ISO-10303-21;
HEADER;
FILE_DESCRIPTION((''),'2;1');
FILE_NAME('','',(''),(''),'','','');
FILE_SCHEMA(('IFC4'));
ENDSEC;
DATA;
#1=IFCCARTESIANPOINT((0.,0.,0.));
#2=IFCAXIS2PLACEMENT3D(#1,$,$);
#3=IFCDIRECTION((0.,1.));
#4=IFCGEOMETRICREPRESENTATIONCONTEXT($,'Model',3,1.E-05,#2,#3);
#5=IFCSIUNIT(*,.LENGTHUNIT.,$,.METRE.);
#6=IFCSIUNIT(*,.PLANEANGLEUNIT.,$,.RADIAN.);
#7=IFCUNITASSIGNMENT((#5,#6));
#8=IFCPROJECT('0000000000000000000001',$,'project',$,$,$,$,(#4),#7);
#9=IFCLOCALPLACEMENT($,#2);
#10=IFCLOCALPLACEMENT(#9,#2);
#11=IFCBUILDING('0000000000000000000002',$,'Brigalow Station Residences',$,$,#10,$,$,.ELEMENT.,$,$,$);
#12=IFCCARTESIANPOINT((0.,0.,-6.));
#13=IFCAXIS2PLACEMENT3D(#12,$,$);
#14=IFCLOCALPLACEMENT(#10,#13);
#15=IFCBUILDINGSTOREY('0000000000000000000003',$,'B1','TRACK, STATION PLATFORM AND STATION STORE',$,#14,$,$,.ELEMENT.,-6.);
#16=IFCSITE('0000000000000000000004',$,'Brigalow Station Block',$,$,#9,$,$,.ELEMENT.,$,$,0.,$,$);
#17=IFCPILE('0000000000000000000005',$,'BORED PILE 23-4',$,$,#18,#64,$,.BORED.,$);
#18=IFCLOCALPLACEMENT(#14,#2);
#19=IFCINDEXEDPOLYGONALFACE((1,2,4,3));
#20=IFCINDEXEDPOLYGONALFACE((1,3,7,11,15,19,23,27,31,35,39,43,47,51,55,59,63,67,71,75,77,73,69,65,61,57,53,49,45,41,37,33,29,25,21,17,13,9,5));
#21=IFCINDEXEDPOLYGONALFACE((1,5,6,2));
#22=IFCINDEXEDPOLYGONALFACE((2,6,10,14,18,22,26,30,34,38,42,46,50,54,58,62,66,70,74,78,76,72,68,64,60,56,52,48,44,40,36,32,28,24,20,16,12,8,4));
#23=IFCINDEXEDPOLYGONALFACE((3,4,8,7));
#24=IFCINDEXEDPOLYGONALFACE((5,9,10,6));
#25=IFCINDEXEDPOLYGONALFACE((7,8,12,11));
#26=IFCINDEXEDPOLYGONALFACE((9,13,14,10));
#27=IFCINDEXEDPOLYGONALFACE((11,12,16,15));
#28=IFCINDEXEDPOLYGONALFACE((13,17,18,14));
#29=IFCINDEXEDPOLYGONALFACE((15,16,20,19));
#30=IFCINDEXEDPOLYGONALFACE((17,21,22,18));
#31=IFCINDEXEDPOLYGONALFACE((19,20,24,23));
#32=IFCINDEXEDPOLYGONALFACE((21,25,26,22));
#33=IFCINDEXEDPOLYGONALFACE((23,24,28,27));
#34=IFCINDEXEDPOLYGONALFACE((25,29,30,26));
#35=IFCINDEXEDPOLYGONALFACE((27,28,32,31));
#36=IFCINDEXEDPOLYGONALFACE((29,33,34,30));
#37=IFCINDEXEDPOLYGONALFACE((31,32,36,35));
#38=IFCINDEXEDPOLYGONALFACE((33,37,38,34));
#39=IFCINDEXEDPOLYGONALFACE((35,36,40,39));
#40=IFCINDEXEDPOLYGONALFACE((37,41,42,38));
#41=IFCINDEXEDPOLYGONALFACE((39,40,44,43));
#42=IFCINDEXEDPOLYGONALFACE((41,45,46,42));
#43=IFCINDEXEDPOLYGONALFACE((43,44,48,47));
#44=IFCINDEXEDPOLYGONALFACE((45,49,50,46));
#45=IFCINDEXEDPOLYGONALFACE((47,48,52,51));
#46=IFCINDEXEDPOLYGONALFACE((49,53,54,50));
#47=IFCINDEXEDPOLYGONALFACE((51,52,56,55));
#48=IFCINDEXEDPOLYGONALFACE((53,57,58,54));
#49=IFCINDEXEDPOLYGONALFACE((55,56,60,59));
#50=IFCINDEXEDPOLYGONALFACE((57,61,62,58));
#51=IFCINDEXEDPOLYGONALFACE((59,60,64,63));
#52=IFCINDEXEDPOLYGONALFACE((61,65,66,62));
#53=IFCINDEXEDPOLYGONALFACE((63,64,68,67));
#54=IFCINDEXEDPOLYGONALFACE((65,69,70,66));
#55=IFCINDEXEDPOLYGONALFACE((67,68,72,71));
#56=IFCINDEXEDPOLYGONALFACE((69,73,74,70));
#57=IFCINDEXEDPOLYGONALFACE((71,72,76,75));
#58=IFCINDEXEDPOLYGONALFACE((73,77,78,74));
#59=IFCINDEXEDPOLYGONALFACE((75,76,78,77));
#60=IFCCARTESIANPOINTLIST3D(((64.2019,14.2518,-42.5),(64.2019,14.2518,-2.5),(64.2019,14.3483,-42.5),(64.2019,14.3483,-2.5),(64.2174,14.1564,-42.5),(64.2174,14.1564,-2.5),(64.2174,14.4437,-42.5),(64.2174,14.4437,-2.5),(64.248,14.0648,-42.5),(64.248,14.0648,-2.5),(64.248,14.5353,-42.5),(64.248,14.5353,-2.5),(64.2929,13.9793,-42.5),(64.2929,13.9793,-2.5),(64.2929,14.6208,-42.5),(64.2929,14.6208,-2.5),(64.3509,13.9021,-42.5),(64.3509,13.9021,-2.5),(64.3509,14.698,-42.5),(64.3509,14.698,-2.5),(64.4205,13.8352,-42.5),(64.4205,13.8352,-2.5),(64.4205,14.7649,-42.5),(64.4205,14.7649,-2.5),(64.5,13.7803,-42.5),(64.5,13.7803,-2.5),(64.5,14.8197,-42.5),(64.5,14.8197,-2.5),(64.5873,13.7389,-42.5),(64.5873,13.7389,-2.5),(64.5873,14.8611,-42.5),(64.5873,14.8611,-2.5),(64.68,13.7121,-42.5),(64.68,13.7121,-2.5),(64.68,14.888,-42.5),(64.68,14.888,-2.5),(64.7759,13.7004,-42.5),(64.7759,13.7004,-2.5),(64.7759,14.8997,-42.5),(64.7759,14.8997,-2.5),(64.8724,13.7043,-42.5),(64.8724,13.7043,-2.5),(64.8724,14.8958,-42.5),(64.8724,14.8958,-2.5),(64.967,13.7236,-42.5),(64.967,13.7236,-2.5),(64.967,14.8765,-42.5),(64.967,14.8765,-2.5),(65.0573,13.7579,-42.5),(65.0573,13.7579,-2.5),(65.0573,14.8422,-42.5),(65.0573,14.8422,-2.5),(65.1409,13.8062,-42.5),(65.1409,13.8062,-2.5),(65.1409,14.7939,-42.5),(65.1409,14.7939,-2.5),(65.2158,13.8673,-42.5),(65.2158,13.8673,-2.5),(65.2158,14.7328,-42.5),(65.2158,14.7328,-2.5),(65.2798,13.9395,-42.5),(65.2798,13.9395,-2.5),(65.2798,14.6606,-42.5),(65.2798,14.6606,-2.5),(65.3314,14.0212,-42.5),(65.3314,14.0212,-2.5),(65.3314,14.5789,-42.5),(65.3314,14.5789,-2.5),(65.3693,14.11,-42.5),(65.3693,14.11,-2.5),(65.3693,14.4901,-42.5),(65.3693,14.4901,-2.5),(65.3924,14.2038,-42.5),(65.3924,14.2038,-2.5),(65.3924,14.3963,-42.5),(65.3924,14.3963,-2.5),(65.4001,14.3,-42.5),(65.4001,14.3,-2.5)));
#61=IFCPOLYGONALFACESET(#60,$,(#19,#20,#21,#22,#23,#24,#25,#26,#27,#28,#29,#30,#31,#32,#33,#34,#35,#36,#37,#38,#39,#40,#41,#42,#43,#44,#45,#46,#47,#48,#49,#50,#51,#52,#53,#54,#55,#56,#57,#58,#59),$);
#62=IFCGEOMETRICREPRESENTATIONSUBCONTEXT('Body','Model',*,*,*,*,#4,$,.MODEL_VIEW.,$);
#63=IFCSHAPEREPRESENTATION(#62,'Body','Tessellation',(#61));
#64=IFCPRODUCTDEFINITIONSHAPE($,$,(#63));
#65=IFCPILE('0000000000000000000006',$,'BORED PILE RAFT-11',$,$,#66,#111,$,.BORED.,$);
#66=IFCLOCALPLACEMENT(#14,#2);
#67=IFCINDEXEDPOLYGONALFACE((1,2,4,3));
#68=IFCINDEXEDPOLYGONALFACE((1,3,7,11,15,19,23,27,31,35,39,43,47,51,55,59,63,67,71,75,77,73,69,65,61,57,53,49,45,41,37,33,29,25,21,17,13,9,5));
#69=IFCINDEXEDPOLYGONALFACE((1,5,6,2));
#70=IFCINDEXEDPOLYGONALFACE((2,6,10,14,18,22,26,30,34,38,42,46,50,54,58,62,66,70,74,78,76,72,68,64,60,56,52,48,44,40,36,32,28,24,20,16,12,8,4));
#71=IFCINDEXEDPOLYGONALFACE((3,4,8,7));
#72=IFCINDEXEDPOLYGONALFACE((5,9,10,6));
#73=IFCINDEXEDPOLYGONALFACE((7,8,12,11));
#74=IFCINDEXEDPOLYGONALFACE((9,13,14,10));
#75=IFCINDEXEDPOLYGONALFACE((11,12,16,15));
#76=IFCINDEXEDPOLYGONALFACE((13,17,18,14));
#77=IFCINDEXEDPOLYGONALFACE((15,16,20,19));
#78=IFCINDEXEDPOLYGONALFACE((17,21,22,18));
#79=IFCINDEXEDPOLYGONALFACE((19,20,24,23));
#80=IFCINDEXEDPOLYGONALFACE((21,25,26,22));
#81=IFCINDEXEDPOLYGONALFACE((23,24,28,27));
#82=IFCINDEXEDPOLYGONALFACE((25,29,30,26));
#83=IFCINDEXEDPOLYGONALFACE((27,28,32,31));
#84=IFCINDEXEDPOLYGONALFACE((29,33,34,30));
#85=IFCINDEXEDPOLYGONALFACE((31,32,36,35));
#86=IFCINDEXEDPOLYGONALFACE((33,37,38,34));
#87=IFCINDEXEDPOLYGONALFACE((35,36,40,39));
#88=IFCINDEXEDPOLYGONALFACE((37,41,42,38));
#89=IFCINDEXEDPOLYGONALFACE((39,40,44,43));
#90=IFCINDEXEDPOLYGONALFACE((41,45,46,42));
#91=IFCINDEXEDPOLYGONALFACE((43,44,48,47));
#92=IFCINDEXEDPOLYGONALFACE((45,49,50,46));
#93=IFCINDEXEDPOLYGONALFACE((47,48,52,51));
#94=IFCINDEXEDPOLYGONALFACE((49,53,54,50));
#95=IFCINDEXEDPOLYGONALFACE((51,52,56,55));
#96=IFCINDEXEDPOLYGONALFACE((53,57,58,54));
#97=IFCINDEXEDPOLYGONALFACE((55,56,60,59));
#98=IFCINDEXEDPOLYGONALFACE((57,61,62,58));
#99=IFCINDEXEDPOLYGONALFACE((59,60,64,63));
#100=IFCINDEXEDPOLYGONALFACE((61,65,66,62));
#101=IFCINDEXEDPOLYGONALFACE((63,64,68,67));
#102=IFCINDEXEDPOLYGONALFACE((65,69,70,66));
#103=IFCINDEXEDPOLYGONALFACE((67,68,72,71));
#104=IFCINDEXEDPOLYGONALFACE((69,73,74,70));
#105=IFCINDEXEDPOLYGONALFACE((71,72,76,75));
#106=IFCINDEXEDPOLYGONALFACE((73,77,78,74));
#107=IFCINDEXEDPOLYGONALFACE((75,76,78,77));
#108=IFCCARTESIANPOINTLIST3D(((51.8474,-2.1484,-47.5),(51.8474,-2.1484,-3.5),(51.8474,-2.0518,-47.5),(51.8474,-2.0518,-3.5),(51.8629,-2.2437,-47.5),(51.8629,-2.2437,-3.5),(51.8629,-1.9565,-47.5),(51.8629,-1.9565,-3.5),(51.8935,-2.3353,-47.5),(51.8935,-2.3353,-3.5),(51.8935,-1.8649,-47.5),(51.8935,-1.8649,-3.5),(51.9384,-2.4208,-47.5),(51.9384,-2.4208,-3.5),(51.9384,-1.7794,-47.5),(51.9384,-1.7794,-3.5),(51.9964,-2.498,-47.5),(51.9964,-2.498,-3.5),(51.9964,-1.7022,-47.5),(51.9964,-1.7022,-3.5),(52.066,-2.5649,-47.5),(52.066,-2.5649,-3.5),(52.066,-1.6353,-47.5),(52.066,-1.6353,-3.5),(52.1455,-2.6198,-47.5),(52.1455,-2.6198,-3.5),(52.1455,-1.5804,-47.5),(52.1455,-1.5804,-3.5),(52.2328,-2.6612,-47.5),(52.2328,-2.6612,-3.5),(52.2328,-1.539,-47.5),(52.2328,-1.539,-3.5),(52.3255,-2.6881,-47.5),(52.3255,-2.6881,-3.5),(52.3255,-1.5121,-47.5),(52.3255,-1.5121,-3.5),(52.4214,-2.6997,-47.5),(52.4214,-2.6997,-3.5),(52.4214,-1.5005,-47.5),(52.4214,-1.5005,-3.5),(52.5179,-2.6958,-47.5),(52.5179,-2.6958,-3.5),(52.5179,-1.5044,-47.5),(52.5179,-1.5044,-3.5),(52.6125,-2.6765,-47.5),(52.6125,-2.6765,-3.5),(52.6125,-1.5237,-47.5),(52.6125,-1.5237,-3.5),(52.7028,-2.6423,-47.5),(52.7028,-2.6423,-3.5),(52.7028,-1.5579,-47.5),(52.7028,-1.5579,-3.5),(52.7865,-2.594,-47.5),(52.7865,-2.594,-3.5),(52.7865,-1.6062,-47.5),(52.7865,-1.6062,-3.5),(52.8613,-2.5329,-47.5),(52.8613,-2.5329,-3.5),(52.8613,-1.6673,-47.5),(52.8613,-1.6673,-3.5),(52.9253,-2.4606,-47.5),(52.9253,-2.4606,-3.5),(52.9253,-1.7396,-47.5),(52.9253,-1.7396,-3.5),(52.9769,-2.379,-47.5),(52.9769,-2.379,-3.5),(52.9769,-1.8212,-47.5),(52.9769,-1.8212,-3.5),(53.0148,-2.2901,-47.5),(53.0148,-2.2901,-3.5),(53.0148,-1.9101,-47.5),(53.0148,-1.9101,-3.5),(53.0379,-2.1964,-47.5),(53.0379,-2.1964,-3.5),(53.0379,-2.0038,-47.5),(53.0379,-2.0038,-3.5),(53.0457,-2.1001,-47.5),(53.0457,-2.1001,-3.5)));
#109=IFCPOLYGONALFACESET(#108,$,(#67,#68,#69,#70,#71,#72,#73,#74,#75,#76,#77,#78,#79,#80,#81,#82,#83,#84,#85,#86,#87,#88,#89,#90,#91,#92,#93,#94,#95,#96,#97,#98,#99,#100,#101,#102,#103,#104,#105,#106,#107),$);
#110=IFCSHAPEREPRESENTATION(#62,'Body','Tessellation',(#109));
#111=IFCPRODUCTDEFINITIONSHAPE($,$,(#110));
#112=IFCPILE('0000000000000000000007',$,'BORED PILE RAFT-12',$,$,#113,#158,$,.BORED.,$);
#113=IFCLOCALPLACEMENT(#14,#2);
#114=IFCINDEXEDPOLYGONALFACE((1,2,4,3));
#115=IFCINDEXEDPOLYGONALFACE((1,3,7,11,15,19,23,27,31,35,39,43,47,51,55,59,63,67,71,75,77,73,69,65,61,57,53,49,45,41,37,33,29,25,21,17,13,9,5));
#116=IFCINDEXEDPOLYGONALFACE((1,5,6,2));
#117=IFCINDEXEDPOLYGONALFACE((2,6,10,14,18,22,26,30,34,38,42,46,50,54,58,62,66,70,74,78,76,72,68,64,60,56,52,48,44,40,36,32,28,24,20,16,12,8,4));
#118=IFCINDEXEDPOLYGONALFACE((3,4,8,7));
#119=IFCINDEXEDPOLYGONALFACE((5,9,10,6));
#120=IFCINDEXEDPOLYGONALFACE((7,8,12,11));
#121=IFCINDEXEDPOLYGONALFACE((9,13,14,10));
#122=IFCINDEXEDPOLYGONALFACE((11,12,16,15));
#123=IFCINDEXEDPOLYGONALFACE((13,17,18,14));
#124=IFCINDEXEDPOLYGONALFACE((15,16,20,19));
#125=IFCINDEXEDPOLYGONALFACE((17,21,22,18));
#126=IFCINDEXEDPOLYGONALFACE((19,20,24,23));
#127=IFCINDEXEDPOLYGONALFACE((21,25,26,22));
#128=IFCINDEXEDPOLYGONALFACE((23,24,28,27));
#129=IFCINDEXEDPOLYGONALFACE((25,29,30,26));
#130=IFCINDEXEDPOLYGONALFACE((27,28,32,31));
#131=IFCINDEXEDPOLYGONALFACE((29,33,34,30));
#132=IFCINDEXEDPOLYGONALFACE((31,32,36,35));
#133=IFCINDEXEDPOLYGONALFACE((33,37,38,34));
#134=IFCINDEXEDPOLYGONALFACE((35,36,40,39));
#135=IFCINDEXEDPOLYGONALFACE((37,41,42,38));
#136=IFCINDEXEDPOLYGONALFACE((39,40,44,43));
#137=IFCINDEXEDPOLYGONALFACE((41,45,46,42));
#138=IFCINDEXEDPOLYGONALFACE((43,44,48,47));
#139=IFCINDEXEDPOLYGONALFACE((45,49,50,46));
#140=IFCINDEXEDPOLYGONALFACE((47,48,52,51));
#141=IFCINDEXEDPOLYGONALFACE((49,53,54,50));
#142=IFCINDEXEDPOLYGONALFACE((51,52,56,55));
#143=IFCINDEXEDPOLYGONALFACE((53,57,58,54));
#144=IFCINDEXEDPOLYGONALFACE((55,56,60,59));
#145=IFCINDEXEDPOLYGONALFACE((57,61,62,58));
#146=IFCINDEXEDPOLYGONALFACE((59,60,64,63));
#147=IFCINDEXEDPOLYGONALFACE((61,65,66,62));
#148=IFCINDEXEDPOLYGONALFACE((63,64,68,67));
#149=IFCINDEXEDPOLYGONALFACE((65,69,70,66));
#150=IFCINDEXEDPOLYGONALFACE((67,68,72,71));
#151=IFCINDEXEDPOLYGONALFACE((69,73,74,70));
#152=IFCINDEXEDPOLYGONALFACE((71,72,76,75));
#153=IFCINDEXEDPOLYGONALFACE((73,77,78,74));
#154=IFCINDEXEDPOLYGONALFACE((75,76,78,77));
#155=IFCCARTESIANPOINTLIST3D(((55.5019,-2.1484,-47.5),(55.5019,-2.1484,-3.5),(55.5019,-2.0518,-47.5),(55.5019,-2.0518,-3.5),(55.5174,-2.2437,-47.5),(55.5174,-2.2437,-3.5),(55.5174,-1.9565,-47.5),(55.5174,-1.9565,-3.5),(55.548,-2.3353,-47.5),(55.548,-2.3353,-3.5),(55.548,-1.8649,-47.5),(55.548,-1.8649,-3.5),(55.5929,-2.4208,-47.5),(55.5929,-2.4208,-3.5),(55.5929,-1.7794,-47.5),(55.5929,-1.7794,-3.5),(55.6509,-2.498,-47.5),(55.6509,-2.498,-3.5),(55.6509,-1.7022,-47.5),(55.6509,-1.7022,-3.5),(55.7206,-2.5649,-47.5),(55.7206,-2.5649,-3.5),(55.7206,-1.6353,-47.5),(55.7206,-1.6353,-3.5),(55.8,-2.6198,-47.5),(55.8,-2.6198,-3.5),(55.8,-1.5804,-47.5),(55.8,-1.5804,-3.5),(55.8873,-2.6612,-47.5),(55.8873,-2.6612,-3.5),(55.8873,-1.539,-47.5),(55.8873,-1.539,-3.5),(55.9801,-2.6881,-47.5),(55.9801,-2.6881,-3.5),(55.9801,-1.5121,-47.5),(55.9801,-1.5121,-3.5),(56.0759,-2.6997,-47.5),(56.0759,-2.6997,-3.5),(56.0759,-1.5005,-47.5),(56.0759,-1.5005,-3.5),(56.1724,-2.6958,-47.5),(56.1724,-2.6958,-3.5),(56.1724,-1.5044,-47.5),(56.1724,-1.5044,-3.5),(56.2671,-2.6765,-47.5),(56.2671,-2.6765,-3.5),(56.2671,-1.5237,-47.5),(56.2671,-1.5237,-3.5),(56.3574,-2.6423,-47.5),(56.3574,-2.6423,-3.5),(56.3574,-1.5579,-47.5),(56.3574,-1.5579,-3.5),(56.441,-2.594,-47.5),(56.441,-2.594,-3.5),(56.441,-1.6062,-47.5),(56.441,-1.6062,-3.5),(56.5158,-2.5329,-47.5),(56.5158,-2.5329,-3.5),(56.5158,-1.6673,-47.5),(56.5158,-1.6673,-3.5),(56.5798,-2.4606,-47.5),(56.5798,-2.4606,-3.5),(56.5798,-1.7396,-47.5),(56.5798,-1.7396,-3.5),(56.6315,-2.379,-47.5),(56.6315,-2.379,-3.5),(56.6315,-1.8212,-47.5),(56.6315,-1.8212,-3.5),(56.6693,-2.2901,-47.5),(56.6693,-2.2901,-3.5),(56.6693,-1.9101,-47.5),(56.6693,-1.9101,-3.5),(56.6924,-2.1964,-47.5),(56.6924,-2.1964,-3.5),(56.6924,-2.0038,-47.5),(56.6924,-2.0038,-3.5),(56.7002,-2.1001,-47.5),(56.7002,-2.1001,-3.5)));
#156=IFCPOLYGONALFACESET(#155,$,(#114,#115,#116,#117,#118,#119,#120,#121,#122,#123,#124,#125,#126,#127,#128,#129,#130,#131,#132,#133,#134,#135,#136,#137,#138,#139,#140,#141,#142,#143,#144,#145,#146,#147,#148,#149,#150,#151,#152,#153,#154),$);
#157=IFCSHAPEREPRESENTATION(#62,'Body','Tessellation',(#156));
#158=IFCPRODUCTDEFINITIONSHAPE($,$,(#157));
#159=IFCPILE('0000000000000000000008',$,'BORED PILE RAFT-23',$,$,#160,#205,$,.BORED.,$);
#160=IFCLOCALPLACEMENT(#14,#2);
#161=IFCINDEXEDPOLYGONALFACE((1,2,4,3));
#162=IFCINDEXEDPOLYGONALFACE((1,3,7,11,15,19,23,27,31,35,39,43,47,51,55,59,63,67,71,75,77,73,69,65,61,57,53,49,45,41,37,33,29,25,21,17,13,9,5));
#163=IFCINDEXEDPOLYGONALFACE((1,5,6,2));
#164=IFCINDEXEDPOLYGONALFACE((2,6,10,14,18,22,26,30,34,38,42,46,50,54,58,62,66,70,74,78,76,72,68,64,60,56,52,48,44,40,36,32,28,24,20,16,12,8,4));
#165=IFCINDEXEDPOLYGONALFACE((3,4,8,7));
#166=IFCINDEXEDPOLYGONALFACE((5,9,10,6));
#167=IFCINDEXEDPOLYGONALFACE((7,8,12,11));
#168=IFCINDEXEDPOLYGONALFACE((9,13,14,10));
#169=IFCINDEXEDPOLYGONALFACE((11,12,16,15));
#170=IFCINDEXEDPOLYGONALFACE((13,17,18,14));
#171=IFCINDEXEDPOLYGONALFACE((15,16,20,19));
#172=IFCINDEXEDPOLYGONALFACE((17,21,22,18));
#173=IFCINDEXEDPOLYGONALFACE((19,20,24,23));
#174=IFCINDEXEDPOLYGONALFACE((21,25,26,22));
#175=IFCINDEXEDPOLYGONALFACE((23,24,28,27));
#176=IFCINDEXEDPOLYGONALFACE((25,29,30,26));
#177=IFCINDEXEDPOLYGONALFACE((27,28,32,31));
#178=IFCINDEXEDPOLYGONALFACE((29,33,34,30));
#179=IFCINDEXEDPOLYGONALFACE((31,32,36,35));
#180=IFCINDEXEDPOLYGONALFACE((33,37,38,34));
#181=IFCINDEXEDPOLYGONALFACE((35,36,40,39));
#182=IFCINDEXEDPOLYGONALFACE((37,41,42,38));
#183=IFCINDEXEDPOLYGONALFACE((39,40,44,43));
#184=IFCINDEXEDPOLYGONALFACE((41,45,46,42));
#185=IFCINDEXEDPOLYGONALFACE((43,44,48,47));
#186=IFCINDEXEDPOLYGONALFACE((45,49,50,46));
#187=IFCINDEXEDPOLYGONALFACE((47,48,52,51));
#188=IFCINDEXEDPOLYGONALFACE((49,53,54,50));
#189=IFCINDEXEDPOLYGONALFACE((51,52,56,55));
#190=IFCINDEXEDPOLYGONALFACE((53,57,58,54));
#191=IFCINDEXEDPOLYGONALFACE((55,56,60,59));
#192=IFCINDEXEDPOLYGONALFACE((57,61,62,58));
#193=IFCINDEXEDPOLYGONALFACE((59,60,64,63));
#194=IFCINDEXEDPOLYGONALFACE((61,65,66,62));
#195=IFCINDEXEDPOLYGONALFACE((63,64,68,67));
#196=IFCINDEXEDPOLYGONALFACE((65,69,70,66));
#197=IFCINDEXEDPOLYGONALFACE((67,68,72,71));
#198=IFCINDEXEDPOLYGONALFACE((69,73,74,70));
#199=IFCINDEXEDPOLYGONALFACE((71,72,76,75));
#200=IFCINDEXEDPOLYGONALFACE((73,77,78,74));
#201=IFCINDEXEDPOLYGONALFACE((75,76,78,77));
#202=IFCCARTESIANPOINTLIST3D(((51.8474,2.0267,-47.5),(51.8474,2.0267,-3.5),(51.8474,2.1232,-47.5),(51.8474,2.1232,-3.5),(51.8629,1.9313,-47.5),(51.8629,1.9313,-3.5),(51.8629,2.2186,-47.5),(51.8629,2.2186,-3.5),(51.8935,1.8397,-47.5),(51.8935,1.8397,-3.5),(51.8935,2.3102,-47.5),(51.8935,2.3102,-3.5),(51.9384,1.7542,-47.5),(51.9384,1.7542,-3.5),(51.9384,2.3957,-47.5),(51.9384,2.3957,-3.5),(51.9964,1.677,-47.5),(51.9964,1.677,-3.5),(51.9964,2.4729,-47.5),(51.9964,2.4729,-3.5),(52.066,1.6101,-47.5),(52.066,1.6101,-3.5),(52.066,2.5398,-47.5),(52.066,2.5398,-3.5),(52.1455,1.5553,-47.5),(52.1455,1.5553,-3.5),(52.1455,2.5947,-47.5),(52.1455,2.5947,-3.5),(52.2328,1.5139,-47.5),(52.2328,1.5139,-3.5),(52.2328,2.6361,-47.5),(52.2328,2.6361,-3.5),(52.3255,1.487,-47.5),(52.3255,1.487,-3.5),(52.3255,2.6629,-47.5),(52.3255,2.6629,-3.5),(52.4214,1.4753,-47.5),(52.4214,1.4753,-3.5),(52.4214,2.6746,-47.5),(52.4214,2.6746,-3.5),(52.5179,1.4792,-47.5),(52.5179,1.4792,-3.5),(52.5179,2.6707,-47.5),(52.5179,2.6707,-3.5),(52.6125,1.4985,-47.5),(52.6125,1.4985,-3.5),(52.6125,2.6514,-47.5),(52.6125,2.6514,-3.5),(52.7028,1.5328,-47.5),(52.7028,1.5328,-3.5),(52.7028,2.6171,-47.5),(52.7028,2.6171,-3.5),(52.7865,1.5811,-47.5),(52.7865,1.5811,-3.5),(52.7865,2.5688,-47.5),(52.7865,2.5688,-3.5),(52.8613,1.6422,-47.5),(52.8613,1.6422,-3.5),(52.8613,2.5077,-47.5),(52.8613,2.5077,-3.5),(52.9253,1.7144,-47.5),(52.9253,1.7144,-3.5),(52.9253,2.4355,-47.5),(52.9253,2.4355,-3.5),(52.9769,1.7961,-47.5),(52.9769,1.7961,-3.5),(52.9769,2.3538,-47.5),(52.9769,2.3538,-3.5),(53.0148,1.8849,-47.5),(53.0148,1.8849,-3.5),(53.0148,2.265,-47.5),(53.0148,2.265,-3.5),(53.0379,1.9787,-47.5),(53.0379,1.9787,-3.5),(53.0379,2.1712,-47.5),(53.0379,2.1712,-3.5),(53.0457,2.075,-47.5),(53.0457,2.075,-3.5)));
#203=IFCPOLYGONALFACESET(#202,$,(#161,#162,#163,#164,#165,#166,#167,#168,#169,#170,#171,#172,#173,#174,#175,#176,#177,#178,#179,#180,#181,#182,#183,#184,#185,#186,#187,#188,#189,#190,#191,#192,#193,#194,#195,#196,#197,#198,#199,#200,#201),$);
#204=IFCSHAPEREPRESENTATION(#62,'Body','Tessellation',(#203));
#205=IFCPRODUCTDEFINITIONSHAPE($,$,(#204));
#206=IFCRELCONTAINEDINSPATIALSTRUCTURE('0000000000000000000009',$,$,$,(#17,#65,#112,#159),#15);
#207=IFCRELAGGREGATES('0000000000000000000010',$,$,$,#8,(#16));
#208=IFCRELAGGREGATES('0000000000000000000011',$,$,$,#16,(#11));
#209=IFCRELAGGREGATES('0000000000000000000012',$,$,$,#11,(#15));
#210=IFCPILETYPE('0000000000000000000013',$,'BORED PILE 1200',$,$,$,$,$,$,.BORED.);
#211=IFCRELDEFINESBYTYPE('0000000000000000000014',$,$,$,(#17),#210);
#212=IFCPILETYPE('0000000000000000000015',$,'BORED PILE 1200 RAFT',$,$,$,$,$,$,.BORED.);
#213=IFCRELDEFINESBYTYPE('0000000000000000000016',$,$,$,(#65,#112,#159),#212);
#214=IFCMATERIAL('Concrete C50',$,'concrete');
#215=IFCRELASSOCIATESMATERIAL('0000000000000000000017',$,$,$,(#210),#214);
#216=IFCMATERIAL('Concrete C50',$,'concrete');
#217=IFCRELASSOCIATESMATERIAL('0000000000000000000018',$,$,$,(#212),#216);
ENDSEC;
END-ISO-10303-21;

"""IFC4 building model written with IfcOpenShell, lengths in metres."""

from ifc_helpers import new_model, si_unit, direction, frame, origin, origin_2d, place, context, subcontext, project, spatial, circle, extrude, material, material_profile, profile_set, type_object, element, save


model = new_model("IFC4")

# Units and contexts
model_context = context("Model", 3, precision=1e-05, world=origin(), true_north=direction((0.0, 1.0)))
body_context = subcontext(model_context, "Body", "Model", "MODEL_VIEW")
ifc_project = project(units=[si_unit("LENGTHUNIT", "METRE"), si_unit("PLANEANGLEUNIT", "RADIAN")], contexts=[model_context])

# Site, building, storey
site_placement = place(None, origin())
site = spatial("IfcSite", under=ifc_project, at=site_placement, Name="Brigalow Station Block", CompositionType="ELEMENT", RefElevation=0.0)
building_placement = place(site_placement, origin())
building = spatial("IfcBuilding", under=site, at=building_placement, Name="Brigalow Station Residences", CompositionType="ELEMENT")
storey_placement = place(building_placement, frame((0.0, 0.0, -6.0)))
storey = spatial("IfcBuildingStorey", under=building, at=storey_placement, Name="B1", Description="TRACK, STATION PLATFORM AND STATION STORE", CompositionType="ELEMENT", Elevation=-6.0)

# Piles
ifc_material_1 = material(Name="Concrete C50", Category="concrete")
ifc_material_profile_1 = material_profile(ifc_material_1, circle(Radius=0.6001, at=origin_2d()), Name="BP1200")
ifc_profile_set_1 = profile_set([ifc_material_profile_1], Name="Concrete C50")
pile_type_1 = type_object("IfcPileType", Name="BORED PILE 1200", PredefinedType="BORED", material=ifc_profile_set_1)
for number, where, z_axis, x_axis, name in (
    (1, (64.8, 14.3, -2.5), (0.0, 0.0, -1.0), (1.0, 0.0, 0.0), "BORED PILE 23-4"),
):
    element("IfcPile", number, at=place(storey_placement, frame(where, z_axis=z_axis, x_axis=x_axis)), inside=storey, type_object=pile_type_1, Name=name, PredefinedType="BORED", context=body_context, shape_type="SweptSolid", body=[
        extrude(circle(Radius=0.6001, at=origin_2d()), origin(), (0.0, 0.0, 1.0), 40.0),
    ])
ifc_material_2 = material(Name="Concrete C50", Category="concrete")
ifc_material_profile_2 = material_profile(ifc_material_2, circle(Radius=0.6001, at=origin_2d()), Name="BP1200")
ifc_profile_set_2 = profile_set([ifc_material_profile_2], Name="Concrete C50")
pile_type_2 = type_object("IfcPileType", Name="BORED PILE 1200 RAFT", PredefinedType="BORED", material=ifc_profile_set_2)
for number, where, z_axis, x_axis, name in (
    (2, (52.4456, -2.1001, -3.5), (0.0, 0.0, -1.0), (1.0, 0.0, 0.0), "BORED PILE RAFT-11"),
    (3, (56.1001, -2.1001, -3.5), (0.0, 0.0, -1.0), (1.0, 0.0, 0.0), "BORED PILE RAFT-12"),
    (4, (52.4456, 2.075, -3.5), (0.0, 0.0, -1.0), (1.0, 0.0, 0.0), "BORED PILE RAFT-23"),
):
    element("IfcPile", number, at=place(storey_placement, frame(where, z_axis=z_axis, x_axis=x_axis)), inside=storey, type_object=pile_type_2, Name=name, PredefinedType="BORED", context=body_context, shape_type="SweptSolid", body=[
        extrude(circle(Radius=0.6001, at=origin_2d()), origin(), (0.0, 0.0, 1.0), 44.0),
    ])

save(model, "model.ifc")
